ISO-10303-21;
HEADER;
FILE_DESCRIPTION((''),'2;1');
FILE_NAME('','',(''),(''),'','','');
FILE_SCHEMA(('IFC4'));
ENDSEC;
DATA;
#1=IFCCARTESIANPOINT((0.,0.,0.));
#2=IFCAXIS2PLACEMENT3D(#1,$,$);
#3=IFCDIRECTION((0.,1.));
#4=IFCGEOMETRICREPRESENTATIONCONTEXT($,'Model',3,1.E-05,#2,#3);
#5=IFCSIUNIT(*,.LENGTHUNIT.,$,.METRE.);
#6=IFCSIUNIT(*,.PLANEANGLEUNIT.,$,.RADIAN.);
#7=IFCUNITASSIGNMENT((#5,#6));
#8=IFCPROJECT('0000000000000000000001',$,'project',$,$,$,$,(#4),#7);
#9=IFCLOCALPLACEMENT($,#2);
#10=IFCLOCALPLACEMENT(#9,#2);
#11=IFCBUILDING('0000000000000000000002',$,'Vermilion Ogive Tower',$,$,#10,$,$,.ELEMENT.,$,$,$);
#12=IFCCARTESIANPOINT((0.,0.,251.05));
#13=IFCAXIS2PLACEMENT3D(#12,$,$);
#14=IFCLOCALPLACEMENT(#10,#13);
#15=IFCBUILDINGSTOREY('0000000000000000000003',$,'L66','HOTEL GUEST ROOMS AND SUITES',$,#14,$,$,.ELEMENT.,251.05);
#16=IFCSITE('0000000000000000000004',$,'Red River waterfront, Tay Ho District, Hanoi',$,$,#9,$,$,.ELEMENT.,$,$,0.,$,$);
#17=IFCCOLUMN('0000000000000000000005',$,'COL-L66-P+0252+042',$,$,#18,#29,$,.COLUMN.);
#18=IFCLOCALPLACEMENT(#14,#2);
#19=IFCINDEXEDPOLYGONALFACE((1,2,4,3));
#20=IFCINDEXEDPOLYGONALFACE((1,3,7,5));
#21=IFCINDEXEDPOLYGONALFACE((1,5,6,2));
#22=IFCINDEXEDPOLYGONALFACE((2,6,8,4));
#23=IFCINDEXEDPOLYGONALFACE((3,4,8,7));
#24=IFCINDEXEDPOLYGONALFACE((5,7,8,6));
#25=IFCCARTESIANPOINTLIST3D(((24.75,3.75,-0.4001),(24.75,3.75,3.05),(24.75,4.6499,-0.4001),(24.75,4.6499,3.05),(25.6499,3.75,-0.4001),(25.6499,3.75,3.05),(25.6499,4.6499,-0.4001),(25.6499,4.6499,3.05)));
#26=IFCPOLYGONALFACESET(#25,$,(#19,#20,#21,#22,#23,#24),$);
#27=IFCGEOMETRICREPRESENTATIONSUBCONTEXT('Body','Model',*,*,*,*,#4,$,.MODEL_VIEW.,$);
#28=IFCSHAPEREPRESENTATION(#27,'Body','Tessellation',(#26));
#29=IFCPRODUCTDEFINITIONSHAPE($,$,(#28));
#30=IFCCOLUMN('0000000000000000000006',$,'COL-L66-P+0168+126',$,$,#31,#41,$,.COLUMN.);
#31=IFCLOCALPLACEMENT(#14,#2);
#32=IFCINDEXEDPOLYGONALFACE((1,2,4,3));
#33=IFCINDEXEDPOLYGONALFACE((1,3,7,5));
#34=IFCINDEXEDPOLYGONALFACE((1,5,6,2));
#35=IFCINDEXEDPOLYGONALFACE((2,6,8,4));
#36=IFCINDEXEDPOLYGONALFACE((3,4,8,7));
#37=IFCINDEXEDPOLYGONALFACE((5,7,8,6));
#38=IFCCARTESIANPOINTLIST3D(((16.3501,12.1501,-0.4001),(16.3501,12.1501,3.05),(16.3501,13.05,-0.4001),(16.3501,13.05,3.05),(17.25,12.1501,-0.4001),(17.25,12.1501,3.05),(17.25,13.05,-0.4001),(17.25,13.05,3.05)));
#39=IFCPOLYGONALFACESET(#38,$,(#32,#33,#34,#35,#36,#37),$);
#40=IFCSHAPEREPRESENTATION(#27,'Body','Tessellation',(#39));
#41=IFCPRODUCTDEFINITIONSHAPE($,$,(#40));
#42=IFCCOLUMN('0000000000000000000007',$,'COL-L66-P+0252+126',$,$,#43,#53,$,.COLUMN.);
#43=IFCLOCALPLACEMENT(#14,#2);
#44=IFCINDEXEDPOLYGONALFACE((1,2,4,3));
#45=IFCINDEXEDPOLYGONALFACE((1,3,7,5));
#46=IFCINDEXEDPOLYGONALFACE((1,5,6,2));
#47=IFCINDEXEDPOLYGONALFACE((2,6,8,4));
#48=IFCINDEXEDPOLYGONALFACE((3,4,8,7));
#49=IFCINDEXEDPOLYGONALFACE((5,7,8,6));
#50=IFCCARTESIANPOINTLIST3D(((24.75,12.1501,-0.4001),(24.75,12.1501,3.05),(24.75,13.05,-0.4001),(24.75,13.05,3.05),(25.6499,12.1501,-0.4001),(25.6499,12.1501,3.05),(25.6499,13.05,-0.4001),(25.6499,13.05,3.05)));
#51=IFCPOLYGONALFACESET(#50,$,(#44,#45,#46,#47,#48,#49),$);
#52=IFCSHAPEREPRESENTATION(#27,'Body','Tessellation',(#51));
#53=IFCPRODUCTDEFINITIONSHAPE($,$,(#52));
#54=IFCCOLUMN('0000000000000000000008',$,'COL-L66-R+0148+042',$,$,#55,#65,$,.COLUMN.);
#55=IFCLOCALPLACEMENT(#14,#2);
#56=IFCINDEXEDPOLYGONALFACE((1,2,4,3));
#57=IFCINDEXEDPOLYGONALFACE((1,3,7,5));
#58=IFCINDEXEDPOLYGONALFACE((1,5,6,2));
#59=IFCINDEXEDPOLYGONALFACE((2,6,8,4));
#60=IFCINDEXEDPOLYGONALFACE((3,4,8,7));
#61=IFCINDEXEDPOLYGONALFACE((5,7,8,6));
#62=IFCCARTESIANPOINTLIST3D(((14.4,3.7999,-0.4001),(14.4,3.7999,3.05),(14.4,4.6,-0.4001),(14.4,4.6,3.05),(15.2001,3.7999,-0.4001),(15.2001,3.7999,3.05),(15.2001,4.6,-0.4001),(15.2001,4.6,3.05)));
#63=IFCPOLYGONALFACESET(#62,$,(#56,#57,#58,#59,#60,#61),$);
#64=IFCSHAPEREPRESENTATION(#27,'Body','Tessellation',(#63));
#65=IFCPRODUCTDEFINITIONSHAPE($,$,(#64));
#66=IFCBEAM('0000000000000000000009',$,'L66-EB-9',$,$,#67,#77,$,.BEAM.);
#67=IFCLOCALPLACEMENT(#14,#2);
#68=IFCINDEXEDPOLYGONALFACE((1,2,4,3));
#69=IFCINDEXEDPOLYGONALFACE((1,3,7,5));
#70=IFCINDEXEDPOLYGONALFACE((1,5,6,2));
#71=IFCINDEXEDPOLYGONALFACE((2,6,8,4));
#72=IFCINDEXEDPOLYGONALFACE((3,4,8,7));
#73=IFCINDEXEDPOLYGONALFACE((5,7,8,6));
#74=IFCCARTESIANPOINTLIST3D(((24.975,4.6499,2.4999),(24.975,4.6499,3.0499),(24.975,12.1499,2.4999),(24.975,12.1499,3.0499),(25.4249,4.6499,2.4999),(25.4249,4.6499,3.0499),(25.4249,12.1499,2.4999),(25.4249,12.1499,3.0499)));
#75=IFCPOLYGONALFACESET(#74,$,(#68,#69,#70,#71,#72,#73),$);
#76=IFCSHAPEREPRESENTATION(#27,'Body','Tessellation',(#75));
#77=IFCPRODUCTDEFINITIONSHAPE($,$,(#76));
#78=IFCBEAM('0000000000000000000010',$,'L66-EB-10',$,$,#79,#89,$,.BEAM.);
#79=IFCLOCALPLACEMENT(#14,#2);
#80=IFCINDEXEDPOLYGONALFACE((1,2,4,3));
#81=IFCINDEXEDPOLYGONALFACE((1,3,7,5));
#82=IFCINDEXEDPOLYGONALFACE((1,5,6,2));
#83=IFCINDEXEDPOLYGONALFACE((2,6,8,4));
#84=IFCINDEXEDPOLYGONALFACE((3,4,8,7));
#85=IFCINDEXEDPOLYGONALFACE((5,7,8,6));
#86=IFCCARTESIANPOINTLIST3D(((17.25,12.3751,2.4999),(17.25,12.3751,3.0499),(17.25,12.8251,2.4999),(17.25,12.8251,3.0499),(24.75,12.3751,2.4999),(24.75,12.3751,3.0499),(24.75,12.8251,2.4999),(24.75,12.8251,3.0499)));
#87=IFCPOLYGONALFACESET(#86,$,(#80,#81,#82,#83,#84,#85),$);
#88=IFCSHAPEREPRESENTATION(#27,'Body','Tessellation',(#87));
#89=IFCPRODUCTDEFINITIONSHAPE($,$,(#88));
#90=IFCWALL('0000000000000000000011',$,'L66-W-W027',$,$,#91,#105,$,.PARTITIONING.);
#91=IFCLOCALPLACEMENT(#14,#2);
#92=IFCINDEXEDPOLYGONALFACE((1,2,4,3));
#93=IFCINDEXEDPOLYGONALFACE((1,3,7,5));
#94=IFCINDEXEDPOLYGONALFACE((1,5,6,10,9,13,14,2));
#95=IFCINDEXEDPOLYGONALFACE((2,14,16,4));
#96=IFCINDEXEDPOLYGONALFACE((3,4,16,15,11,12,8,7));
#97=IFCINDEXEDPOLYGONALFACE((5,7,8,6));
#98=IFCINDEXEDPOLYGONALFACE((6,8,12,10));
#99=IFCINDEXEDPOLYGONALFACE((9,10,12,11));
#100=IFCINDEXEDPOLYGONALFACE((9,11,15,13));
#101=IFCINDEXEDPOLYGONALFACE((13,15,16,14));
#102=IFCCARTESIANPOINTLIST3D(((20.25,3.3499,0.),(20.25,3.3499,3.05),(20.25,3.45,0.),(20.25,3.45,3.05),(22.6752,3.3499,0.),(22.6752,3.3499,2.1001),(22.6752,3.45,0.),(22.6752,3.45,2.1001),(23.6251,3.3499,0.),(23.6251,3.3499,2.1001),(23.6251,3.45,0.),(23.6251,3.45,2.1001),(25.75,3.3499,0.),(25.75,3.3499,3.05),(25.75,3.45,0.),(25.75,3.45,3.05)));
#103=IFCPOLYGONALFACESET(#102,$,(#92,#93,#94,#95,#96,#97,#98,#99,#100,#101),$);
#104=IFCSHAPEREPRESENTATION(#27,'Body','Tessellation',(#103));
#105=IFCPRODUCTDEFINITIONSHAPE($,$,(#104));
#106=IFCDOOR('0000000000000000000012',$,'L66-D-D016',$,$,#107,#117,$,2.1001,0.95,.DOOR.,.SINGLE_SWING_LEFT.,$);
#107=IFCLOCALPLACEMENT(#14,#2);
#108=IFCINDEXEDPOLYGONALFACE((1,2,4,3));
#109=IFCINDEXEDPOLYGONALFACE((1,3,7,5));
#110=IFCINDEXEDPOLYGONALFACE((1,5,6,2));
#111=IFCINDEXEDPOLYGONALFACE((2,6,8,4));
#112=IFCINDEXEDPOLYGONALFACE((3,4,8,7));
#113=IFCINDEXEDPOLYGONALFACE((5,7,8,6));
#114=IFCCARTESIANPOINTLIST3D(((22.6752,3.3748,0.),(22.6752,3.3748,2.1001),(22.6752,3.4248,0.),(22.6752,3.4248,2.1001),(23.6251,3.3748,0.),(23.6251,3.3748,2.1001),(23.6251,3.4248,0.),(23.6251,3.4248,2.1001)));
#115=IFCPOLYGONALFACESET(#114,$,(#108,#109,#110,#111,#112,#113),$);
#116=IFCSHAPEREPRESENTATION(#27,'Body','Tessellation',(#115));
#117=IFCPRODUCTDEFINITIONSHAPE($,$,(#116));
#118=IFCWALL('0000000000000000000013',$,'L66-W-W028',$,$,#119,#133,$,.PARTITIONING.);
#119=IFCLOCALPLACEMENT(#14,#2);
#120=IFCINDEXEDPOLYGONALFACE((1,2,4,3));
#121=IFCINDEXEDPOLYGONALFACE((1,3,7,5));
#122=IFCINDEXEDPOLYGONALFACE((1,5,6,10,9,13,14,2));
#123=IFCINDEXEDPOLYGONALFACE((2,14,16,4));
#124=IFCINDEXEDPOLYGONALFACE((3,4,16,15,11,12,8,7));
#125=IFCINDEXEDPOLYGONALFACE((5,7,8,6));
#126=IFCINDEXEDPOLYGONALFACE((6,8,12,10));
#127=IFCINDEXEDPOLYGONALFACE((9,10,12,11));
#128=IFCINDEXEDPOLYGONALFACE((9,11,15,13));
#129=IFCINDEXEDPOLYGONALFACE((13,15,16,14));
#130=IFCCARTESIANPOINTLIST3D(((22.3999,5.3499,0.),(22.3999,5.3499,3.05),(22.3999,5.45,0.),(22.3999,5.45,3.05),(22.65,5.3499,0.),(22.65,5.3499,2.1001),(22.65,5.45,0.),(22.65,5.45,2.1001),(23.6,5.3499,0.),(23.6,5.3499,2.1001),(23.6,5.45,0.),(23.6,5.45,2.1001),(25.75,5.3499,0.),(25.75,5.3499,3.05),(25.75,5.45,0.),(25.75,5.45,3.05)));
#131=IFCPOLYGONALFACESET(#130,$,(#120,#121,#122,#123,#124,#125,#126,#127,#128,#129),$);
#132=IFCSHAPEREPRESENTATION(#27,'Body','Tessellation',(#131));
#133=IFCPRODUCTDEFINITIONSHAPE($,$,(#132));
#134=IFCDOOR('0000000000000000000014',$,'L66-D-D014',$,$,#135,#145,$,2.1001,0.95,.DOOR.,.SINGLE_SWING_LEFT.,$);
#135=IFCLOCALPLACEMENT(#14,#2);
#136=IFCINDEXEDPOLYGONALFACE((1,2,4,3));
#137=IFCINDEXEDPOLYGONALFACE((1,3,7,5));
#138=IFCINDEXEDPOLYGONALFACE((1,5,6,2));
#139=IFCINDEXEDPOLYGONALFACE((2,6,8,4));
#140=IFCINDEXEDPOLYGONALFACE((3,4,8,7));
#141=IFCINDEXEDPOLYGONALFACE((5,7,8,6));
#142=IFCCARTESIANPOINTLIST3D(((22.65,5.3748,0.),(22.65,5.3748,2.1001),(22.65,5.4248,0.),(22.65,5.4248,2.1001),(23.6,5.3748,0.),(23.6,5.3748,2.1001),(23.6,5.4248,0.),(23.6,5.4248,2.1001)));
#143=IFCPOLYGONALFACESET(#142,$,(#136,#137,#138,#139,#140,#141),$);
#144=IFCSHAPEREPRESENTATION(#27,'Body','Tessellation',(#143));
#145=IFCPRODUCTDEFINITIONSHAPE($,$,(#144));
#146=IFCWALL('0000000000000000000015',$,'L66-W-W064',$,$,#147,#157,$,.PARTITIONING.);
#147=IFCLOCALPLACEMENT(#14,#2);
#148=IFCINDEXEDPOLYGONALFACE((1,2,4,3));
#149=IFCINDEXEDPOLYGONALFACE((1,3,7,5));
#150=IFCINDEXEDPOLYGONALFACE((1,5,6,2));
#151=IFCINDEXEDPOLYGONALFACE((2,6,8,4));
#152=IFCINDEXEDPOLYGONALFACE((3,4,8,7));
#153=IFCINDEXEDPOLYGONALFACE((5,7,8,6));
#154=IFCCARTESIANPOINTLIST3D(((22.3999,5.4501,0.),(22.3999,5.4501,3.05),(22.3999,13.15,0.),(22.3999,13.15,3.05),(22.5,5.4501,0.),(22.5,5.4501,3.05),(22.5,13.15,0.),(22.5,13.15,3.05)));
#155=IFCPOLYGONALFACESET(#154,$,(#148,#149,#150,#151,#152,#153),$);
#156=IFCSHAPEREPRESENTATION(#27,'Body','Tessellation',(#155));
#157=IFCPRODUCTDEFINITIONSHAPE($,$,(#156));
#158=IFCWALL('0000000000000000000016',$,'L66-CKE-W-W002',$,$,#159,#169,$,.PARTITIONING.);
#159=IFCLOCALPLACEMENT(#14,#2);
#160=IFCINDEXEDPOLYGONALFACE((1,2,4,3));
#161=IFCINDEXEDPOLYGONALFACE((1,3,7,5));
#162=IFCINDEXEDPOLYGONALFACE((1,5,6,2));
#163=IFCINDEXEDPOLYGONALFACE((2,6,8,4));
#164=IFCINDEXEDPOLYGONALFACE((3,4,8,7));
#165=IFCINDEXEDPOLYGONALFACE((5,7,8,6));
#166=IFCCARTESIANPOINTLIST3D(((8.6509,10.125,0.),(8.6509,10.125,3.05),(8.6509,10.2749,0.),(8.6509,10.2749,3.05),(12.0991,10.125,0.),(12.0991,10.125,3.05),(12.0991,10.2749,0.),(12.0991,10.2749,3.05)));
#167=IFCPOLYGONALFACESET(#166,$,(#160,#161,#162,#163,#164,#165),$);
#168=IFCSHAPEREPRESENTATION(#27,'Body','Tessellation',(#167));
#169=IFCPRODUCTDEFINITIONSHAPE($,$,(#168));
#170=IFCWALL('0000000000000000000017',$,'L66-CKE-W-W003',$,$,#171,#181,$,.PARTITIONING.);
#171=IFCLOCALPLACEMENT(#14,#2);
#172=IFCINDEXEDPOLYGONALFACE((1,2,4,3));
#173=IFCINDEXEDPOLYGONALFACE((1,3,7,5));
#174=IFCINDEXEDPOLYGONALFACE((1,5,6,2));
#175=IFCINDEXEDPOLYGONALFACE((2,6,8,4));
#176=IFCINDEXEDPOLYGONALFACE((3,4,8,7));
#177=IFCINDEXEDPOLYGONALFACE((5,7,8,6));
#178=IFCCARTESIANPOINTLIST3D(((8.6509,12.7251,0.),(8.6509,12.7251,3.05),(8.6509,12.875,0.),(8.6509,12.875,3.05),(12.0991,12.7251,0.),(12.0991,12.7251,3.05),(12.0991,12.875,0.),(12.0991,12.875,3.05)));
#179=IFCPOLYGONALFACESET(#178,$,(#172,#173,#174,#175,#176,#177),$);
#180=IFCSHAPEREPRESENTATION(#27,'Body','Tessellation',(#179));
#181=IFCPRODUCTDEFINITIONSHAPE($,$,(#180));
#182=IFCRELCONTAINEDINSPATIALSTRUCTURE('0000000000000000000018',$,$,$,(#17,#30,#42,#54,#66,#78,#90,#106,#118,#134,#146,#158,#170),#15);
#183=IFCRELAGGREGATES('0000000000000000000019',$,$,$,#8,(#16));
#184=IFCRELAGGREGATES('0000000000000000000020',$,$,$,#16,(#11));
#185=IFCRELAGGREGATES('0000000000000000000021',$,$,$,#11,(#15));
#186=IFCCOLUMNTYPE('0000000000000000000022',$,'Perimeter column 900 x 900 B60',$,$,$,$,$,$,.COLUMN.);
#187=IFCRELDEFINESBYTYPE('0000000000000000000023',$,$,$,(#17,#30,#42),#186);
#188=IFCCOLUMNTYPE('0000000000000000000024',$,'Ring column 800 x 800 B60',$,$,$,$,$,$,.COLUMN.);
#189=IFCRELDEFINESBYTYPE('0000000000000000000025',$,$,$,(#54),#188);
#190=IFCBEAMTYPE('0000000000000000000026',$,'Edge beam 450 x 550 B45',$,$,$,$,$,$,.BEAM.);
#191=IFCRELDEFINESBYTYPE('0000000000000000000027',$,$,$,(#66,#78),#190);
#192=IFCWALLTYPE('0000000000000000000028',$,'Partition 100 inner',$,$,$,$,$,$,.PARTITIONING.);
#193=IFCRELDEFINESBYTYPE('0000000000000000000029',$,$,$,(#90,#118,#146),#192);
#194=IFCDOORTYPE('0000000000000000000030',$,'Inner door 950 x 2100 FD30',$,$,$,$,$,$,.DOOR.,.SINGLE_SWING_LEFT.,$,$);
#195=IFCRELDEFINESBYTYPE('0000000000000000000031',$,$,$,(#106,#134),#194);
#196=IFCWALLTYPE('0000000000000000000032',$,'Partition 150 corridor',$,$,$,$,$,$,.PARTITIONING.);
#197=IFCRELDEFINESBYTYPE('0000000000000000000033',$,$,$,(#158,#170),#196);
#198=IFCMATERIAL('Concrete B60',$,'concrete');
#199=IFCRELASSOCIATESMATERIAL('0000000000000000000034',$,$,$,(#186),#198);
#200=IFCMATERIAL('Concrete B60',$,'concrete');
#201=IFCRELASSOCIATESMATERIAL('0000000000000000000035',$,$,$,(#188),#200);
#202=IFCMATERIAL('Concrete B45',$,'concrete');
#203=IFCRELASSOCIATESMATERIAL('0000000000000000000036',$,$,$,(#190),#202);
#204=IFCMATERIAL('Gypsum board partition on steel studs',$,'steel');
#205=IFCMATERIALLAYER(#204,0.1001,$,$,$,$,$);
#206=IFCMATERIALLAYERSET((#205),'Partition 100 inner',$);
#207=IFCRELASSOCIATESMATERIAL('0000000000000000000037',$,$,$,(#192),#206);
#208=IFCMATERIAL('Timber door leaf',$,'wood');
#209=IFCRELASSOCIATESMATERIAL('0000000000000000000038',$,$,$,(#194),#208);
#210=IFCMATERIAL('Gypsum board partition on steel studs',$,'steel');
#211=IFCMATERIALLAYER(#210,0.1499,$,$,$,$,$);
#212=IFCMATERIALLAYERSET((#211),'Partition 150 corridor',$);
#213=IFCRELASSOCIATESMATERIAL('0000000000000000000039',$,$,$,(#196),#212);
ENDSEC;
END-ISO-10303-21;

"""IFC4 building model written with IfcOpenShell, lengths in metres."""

from ifc_helpers import new_model, si_unit, direction, frame, frame_2d, origin, origin_2d, place, context, subcontext, project, spatial, rectangle, extrude, material, layer, layer_set, material_profile, profile_set, type_object, element, fill, save


model = new_model("IFC4")

# Units and contexts
model_context = context("Model", 3, precision=1e-05, world=origin(), true_north=direction((0.0, 1.0)))
body_context = subcontext(model_context, "Body", "Model", "MODEL_VIEW")
ifc_project = project(units=[si_unit("LENGTHUNIT", "METRE"), si_unit("PLANEANGLEUNIT", "RADIAN")], contexts=[model_context])

# Site, building, storey
site_placement = place(None, origin())
site = spatial("IfcSite", under=ifc_project, at=site_placement, Name="Red River waterfront, Tay Ho District, Hanoi", CompositionType="ELEMENT", RefElevation=0.0)
building_placement = place(site_placement, origin())
building = spatial("IfcBuilding", under=site, at=building_placement, Name="Vermilion Ogive Tower", CompositionType="ELEMENT")
storey_placement = place(building_placement, frame((0.0, 0.0, 251.05)))
storey = spatial("IfcBuildingStorey", under=building, at=storey_placement, Name="L66", Description="HOTEL GUEST ROOMS AND SUITES", CompositionType="ELEMENT", Elevation=251.05)

# Columns
ifc_material_1 = material(Name="Concrete B60", Category="concrete")
ifc_material_profile_1 = material_profile(ifc_material_1, rectangle(XDim=0.8999, YDim=0.8999, at=origin_2d()), Name="900 x 900")
ifc_profile_set_1 = profile_set([ifc_material_profile_1], Name="Concrete B60")
column_type_1 = type_object("IfcColumnType", Name="Perimeter column 900 x 900 B60", PredefinedType="COLUMN", material=ifc_profile_set_1)
for number, where, z_axis, x_axis, name in (
    (1, (25.2, 4.2, -0.4001), (0.0, 0.0, 1.0), (1.0, 0.0, 0.0), "COL-L66-P+0252+042"),
    (2, (16.8, 12.6001, -0.4001), (0.0, 0.0, 1.0), (1.0, 0.0, 0.0), "COL-L66-P+0168+126"),
    (3, (25.2, 12.6001, -0.4001), (0.0, 0.0, 1.0), (1.0, 0.0, 0.0), "COL-L66-P+0252+126"),
):
    element("IfcColumn", number, at=place(storey_placement, frame(where, z_axis=z_axis, x_axis=x_axis)), inside=storey, type_object=column_type_1, Name=name, PredefinedType="COLUMN", context=body_context, shape_type="SweptSolid", body=[
        extrude(rectangle(XDim=0.8999, YDim=0.8999, at=origin_2d()), origin(), (0.0, 0.0, 1.0), 3.4502),
    ])
ifc_material_2 = material(Name="Concrete B60", Category="concrete")
ifc_material_profile_2 = material_profile(ifc_material_2, rectangle(XDim=0.8, YDim=0.8, at=origin_2d()), Name="800 x 800")
ifc_profile_set_2 = profile_set([ifc_material_profile_2], Name="Concrete B60")
column_type_2 = type_object("IfcColumnType", Name="Ring column 800 x 800 B60", PredefinedType="COLUMN", material=ifc_profile_set_2)
column_placement = place(storey_placement, frame((14.8, 4.2, -0.4001), z_axis=(0.0, 0.0, 1.0), x_axis=(1.0, 0.0, 0.0)))
element("IfcColumn", 4, at=column_placement, inside=storey, type_object=column_type_2, Name="COL-L66-R+0148+042", PredefinedType="COLUMN", context=body_context, shape_type="SweptSolid", body=[
    extrude(rectangle(XDim=0.8, YDim=0.8, at=origin_2d()), origin(), (0.0, 0.0, 1.0), 3.4502),
])

# Beams
ifc_material_3 = material(Name="Concrete B45", Category="concrete")
ifc_material_profile_3 = material_profile(ifc_material_3, rectangle(XDim=0.45, YDim=0.55, at=origin_2d()), Name="450 x 550")
ifc_profile_set_3 = profile_set([ifc_material_profile_3], Name="Concrete B45")
beam_type = type_object("IfcBeamType", Name="Edge beam 450 x 550 B45", PredefinedType="BEAM", material=ifc_profile_set_3)
for number, where, z_axis, x_axis, name in (
    (5, (25.2, 4.6499, 2.7749), (0.0, 1.0, 0.0), (-1.0, 0.0, 0.0), "L66-EB-9"),
    (6, (24.75, 12.6001, 2.7749), (-1.0, 0.0, 0.0), (0.0, -1.0, 0.0), "L66-EB-10"),
):
    element("IfcBeam", number, at=place(storey_placement, frame(where, z_axis=z_axis, x_axis=x_axis)), inside=storey, type_object=beam_type, Name=name, PredefinedType="BEAM", context=body_context, shape_type="SweptSolid", body=[
        extrude(rectangle(XDim=0.45, YDim=0.55, at=origin_2d()), origin(), (0.0, 0.0, 1.0), 7.5),
    ])

# Walls, openings, doors
ifc_material_4 = material(Name="Gypsum board partition on steel studs", Category="steel")
ifc_layer_1 = layer(ifc_material_4, 0.1001)
ifc_layer_set_1 = layer_set([ifc_layer_1], Name="Partition 100 inner")
wall_type_1 = type_object("IfcWallType", Name="Partition 100 inner", PredefinedType="PARTITIONING", material=ifc_layer_set_1)
wall_1_placement = place(storey_placement, frame((20.25, 3.3999, 0.0), z_axis=(0.0, 0.0, 1.0), x_axis=(1.0, 0.0, 0.0)))
wall_1 = element("IfcWall", 7, at=wall_1_placement, inside=storey, type_object=wall_type_1, Name="L66-W-W027", PredefinedType="PARTITIONING", context=body_context, shape_type="SweptSolid", body=[
    extrude(rectangle(XDim=5.5, YDim=0.1001, at=frame_2d((2.75, 0.0))), origin(), (0.0, 0.0, 1.0), 3.05),
])
opening_1_placement = place(wall_1_placement, frame((2.425, 0.0, 0.0)))
opening_1 = element("IfcOpeningElement", 8, at=opening_1_placement, cuts=wall_1, PredefinedType="OPENING", context=body_context, shape_type="SweptSolid", body=[
    extrude(rectangle(XDim=0.95, YDim=2.1001, at=frame_2d((0.4751, 1.05))), frame((0.0, 0.0601, 0.0), z_axis=(0.0, -1.0, 0.0), x_axis=(1.0, 0.0, 0.0)), (0.0, 0.0, 1.0), 0.1201),
])
ifc_material_5 = material(Name="Timber door leaf", Category="wood")
door_type_1 = type_object("IfcDoorType", Name="Inner door 950 x 2100 FD30", OperationType="SINGLE_SWING_LEFT", PredefinedType="DOOR", material=ifc_material_5)
door_1_placement = place(opening_1_placement, origin())
door_1 = element("IfcDoor", 9, at=door_1_placement, inside=storey, type_object=door_type_1, Name="L66-D-D016", OperationType="SINGLE_SWING_LEFT", OverallHeight=2.1001, OverallWidth=0.95, PredefinedType="DOOR", context=body_context, shape_type="SweptSolid", body=[
    extrude(rectangle(XDim=0.95, YDim=2.1001, at=frame_2d((0.4751, 1.05))), frame((0.0, 0.0249, 0.0), z_axis=(0.0, -1.0, 0.0), x_axis=(1.0, 0.0, 0.0)), (0.0, 0.0, 1.0), 0.05),
])
fill(opening_1, door_1)
wall_2_placement = place(storey_placement, frame((22.3999, 5.3999, 0.0), z_axis=(0.0, 0.0, 1.0), x_axis=(1.0, 0.0, 0.0)))
wall_2 = element("IfcWall", 10, at=wall_2_placement, inside=storey, type_object=wall_type_1, Name="L66-W-W028", PredefinedType="PARTITIONING", context=body_context, shape_type="SweptSolid", body=[
    extrude(rectangle(XDim=3.3501, YDim=0.1001, at=frame_2d((1.675, 0.0))), origin(), (0.0, 0.0, 1.0), 3.05),
])
opening_2_placement = place(wall_2_placement, frame((0.25, 0.0, 0.0)))
opening_2 = element("IfcOpeningElement", 11, at=opening_2_placement, cuts=wall_2, PredefinedType="OPENING", context=body_context, shape_type="SweptSolid", body=[
    extrude(rectangle(XDim=0.95, YDim=2.1001, at=frame_2d((0.4751, 1.05))), frame((0.0, 0.0601, 0.0), z_axis=(0.0, -1.0, 0.0), x_axis=(1.0, 0.0, 0.0)), (0.0, 0.0, 1.0), 0.1201),
])
door_2_placement = place(opening_2_placement, origin())
door_2 = element("IfcDoor", 12, at=door_2_placement, inside=storey, type_object=door_type_1, Name="L66-D-D014", OperationType="SINGLE_SWING_LEFT", OverallHeight=2.1001, OverallWidth=0.95, PredefinedType="DOOR", context=body_context, shape_type="SweptSolid", body=[
    extrude(rectangle(XDim=0.95, YDim=2.1001, at=frame_2d((0.4751, 1.05))), frame((0.0, 0.0249, 0.0), z_axis=(0.0, -1.0, 0.0), x_axis=(1.0, 0.0, 0.0)), (0.0, 0.0, 1.0), 0.05),
])
fill(opening_2, door_2)

# Walls
wall_3_placement = place(storey_placement, frame((22.45, 5.45, 0.0), z_axis=(0.0, 0.0, 1.0), x_axis=(0.0, 1.0, 0.0)))
element("IfcWall", 13, at=wall_3_placement, inside=storey, type_object=wall_type_1, Name="L66-W-W064", PredefinedType="PARTITIONING", context=body_context, shape_type="SweptSolid", body=[
    extrude(rectangle(XDim=7.7, YDim=0.1001, at=frame_2d((3.8501, 0.0))), origin(), (0.0, 0.0, 1.0), 3.05),
])
ifc_material_6 = material(Name="Gypsum board partition on steel studs", Category="steel")
ifc_layer_2 = layer(ifc_material_6, 0.1499)
ifc_layer_set_2 = layer_set([ifc_layer_2], Name="Partition 150 corridor")
wall_type_2 = type_object("IfcWallType", Name="Partition 150 corridor", PredefinedType="PARTITIONING", material=ifc_layer_set_2)
for number, where, z_axis, x_axis, name in (
    (14, (8.6509, 10.2, 0.0), (0.0, 0.0, 1.0), (1.0, 0.0, 0.0), "L66-CKE-W-W002"),
    (15, (8.6509, 12.8, 0.0), (0.0, 0.0, 1.0), (1.0, 0.0, 0.0), "L66-CKE-W-W003"),
):
    element("IfcWall", number, at=place(storey_placement, frame(where, z_axis=z_axis, x_axis=x_axis)), inside=storey, type_object=wall_type_2, Name=name, PredefinedType="PARTITIONING", context=body_context, shape_type="SweptSolid", body=[
        extrude(rectangle(XDim=3.4482, YDim=0.1499, at=frame_2d((1.7241, 0.0))), origin(), (0.0, 0.0, 1.0), 3.05),
    ])

save(model, "model.ifc")
